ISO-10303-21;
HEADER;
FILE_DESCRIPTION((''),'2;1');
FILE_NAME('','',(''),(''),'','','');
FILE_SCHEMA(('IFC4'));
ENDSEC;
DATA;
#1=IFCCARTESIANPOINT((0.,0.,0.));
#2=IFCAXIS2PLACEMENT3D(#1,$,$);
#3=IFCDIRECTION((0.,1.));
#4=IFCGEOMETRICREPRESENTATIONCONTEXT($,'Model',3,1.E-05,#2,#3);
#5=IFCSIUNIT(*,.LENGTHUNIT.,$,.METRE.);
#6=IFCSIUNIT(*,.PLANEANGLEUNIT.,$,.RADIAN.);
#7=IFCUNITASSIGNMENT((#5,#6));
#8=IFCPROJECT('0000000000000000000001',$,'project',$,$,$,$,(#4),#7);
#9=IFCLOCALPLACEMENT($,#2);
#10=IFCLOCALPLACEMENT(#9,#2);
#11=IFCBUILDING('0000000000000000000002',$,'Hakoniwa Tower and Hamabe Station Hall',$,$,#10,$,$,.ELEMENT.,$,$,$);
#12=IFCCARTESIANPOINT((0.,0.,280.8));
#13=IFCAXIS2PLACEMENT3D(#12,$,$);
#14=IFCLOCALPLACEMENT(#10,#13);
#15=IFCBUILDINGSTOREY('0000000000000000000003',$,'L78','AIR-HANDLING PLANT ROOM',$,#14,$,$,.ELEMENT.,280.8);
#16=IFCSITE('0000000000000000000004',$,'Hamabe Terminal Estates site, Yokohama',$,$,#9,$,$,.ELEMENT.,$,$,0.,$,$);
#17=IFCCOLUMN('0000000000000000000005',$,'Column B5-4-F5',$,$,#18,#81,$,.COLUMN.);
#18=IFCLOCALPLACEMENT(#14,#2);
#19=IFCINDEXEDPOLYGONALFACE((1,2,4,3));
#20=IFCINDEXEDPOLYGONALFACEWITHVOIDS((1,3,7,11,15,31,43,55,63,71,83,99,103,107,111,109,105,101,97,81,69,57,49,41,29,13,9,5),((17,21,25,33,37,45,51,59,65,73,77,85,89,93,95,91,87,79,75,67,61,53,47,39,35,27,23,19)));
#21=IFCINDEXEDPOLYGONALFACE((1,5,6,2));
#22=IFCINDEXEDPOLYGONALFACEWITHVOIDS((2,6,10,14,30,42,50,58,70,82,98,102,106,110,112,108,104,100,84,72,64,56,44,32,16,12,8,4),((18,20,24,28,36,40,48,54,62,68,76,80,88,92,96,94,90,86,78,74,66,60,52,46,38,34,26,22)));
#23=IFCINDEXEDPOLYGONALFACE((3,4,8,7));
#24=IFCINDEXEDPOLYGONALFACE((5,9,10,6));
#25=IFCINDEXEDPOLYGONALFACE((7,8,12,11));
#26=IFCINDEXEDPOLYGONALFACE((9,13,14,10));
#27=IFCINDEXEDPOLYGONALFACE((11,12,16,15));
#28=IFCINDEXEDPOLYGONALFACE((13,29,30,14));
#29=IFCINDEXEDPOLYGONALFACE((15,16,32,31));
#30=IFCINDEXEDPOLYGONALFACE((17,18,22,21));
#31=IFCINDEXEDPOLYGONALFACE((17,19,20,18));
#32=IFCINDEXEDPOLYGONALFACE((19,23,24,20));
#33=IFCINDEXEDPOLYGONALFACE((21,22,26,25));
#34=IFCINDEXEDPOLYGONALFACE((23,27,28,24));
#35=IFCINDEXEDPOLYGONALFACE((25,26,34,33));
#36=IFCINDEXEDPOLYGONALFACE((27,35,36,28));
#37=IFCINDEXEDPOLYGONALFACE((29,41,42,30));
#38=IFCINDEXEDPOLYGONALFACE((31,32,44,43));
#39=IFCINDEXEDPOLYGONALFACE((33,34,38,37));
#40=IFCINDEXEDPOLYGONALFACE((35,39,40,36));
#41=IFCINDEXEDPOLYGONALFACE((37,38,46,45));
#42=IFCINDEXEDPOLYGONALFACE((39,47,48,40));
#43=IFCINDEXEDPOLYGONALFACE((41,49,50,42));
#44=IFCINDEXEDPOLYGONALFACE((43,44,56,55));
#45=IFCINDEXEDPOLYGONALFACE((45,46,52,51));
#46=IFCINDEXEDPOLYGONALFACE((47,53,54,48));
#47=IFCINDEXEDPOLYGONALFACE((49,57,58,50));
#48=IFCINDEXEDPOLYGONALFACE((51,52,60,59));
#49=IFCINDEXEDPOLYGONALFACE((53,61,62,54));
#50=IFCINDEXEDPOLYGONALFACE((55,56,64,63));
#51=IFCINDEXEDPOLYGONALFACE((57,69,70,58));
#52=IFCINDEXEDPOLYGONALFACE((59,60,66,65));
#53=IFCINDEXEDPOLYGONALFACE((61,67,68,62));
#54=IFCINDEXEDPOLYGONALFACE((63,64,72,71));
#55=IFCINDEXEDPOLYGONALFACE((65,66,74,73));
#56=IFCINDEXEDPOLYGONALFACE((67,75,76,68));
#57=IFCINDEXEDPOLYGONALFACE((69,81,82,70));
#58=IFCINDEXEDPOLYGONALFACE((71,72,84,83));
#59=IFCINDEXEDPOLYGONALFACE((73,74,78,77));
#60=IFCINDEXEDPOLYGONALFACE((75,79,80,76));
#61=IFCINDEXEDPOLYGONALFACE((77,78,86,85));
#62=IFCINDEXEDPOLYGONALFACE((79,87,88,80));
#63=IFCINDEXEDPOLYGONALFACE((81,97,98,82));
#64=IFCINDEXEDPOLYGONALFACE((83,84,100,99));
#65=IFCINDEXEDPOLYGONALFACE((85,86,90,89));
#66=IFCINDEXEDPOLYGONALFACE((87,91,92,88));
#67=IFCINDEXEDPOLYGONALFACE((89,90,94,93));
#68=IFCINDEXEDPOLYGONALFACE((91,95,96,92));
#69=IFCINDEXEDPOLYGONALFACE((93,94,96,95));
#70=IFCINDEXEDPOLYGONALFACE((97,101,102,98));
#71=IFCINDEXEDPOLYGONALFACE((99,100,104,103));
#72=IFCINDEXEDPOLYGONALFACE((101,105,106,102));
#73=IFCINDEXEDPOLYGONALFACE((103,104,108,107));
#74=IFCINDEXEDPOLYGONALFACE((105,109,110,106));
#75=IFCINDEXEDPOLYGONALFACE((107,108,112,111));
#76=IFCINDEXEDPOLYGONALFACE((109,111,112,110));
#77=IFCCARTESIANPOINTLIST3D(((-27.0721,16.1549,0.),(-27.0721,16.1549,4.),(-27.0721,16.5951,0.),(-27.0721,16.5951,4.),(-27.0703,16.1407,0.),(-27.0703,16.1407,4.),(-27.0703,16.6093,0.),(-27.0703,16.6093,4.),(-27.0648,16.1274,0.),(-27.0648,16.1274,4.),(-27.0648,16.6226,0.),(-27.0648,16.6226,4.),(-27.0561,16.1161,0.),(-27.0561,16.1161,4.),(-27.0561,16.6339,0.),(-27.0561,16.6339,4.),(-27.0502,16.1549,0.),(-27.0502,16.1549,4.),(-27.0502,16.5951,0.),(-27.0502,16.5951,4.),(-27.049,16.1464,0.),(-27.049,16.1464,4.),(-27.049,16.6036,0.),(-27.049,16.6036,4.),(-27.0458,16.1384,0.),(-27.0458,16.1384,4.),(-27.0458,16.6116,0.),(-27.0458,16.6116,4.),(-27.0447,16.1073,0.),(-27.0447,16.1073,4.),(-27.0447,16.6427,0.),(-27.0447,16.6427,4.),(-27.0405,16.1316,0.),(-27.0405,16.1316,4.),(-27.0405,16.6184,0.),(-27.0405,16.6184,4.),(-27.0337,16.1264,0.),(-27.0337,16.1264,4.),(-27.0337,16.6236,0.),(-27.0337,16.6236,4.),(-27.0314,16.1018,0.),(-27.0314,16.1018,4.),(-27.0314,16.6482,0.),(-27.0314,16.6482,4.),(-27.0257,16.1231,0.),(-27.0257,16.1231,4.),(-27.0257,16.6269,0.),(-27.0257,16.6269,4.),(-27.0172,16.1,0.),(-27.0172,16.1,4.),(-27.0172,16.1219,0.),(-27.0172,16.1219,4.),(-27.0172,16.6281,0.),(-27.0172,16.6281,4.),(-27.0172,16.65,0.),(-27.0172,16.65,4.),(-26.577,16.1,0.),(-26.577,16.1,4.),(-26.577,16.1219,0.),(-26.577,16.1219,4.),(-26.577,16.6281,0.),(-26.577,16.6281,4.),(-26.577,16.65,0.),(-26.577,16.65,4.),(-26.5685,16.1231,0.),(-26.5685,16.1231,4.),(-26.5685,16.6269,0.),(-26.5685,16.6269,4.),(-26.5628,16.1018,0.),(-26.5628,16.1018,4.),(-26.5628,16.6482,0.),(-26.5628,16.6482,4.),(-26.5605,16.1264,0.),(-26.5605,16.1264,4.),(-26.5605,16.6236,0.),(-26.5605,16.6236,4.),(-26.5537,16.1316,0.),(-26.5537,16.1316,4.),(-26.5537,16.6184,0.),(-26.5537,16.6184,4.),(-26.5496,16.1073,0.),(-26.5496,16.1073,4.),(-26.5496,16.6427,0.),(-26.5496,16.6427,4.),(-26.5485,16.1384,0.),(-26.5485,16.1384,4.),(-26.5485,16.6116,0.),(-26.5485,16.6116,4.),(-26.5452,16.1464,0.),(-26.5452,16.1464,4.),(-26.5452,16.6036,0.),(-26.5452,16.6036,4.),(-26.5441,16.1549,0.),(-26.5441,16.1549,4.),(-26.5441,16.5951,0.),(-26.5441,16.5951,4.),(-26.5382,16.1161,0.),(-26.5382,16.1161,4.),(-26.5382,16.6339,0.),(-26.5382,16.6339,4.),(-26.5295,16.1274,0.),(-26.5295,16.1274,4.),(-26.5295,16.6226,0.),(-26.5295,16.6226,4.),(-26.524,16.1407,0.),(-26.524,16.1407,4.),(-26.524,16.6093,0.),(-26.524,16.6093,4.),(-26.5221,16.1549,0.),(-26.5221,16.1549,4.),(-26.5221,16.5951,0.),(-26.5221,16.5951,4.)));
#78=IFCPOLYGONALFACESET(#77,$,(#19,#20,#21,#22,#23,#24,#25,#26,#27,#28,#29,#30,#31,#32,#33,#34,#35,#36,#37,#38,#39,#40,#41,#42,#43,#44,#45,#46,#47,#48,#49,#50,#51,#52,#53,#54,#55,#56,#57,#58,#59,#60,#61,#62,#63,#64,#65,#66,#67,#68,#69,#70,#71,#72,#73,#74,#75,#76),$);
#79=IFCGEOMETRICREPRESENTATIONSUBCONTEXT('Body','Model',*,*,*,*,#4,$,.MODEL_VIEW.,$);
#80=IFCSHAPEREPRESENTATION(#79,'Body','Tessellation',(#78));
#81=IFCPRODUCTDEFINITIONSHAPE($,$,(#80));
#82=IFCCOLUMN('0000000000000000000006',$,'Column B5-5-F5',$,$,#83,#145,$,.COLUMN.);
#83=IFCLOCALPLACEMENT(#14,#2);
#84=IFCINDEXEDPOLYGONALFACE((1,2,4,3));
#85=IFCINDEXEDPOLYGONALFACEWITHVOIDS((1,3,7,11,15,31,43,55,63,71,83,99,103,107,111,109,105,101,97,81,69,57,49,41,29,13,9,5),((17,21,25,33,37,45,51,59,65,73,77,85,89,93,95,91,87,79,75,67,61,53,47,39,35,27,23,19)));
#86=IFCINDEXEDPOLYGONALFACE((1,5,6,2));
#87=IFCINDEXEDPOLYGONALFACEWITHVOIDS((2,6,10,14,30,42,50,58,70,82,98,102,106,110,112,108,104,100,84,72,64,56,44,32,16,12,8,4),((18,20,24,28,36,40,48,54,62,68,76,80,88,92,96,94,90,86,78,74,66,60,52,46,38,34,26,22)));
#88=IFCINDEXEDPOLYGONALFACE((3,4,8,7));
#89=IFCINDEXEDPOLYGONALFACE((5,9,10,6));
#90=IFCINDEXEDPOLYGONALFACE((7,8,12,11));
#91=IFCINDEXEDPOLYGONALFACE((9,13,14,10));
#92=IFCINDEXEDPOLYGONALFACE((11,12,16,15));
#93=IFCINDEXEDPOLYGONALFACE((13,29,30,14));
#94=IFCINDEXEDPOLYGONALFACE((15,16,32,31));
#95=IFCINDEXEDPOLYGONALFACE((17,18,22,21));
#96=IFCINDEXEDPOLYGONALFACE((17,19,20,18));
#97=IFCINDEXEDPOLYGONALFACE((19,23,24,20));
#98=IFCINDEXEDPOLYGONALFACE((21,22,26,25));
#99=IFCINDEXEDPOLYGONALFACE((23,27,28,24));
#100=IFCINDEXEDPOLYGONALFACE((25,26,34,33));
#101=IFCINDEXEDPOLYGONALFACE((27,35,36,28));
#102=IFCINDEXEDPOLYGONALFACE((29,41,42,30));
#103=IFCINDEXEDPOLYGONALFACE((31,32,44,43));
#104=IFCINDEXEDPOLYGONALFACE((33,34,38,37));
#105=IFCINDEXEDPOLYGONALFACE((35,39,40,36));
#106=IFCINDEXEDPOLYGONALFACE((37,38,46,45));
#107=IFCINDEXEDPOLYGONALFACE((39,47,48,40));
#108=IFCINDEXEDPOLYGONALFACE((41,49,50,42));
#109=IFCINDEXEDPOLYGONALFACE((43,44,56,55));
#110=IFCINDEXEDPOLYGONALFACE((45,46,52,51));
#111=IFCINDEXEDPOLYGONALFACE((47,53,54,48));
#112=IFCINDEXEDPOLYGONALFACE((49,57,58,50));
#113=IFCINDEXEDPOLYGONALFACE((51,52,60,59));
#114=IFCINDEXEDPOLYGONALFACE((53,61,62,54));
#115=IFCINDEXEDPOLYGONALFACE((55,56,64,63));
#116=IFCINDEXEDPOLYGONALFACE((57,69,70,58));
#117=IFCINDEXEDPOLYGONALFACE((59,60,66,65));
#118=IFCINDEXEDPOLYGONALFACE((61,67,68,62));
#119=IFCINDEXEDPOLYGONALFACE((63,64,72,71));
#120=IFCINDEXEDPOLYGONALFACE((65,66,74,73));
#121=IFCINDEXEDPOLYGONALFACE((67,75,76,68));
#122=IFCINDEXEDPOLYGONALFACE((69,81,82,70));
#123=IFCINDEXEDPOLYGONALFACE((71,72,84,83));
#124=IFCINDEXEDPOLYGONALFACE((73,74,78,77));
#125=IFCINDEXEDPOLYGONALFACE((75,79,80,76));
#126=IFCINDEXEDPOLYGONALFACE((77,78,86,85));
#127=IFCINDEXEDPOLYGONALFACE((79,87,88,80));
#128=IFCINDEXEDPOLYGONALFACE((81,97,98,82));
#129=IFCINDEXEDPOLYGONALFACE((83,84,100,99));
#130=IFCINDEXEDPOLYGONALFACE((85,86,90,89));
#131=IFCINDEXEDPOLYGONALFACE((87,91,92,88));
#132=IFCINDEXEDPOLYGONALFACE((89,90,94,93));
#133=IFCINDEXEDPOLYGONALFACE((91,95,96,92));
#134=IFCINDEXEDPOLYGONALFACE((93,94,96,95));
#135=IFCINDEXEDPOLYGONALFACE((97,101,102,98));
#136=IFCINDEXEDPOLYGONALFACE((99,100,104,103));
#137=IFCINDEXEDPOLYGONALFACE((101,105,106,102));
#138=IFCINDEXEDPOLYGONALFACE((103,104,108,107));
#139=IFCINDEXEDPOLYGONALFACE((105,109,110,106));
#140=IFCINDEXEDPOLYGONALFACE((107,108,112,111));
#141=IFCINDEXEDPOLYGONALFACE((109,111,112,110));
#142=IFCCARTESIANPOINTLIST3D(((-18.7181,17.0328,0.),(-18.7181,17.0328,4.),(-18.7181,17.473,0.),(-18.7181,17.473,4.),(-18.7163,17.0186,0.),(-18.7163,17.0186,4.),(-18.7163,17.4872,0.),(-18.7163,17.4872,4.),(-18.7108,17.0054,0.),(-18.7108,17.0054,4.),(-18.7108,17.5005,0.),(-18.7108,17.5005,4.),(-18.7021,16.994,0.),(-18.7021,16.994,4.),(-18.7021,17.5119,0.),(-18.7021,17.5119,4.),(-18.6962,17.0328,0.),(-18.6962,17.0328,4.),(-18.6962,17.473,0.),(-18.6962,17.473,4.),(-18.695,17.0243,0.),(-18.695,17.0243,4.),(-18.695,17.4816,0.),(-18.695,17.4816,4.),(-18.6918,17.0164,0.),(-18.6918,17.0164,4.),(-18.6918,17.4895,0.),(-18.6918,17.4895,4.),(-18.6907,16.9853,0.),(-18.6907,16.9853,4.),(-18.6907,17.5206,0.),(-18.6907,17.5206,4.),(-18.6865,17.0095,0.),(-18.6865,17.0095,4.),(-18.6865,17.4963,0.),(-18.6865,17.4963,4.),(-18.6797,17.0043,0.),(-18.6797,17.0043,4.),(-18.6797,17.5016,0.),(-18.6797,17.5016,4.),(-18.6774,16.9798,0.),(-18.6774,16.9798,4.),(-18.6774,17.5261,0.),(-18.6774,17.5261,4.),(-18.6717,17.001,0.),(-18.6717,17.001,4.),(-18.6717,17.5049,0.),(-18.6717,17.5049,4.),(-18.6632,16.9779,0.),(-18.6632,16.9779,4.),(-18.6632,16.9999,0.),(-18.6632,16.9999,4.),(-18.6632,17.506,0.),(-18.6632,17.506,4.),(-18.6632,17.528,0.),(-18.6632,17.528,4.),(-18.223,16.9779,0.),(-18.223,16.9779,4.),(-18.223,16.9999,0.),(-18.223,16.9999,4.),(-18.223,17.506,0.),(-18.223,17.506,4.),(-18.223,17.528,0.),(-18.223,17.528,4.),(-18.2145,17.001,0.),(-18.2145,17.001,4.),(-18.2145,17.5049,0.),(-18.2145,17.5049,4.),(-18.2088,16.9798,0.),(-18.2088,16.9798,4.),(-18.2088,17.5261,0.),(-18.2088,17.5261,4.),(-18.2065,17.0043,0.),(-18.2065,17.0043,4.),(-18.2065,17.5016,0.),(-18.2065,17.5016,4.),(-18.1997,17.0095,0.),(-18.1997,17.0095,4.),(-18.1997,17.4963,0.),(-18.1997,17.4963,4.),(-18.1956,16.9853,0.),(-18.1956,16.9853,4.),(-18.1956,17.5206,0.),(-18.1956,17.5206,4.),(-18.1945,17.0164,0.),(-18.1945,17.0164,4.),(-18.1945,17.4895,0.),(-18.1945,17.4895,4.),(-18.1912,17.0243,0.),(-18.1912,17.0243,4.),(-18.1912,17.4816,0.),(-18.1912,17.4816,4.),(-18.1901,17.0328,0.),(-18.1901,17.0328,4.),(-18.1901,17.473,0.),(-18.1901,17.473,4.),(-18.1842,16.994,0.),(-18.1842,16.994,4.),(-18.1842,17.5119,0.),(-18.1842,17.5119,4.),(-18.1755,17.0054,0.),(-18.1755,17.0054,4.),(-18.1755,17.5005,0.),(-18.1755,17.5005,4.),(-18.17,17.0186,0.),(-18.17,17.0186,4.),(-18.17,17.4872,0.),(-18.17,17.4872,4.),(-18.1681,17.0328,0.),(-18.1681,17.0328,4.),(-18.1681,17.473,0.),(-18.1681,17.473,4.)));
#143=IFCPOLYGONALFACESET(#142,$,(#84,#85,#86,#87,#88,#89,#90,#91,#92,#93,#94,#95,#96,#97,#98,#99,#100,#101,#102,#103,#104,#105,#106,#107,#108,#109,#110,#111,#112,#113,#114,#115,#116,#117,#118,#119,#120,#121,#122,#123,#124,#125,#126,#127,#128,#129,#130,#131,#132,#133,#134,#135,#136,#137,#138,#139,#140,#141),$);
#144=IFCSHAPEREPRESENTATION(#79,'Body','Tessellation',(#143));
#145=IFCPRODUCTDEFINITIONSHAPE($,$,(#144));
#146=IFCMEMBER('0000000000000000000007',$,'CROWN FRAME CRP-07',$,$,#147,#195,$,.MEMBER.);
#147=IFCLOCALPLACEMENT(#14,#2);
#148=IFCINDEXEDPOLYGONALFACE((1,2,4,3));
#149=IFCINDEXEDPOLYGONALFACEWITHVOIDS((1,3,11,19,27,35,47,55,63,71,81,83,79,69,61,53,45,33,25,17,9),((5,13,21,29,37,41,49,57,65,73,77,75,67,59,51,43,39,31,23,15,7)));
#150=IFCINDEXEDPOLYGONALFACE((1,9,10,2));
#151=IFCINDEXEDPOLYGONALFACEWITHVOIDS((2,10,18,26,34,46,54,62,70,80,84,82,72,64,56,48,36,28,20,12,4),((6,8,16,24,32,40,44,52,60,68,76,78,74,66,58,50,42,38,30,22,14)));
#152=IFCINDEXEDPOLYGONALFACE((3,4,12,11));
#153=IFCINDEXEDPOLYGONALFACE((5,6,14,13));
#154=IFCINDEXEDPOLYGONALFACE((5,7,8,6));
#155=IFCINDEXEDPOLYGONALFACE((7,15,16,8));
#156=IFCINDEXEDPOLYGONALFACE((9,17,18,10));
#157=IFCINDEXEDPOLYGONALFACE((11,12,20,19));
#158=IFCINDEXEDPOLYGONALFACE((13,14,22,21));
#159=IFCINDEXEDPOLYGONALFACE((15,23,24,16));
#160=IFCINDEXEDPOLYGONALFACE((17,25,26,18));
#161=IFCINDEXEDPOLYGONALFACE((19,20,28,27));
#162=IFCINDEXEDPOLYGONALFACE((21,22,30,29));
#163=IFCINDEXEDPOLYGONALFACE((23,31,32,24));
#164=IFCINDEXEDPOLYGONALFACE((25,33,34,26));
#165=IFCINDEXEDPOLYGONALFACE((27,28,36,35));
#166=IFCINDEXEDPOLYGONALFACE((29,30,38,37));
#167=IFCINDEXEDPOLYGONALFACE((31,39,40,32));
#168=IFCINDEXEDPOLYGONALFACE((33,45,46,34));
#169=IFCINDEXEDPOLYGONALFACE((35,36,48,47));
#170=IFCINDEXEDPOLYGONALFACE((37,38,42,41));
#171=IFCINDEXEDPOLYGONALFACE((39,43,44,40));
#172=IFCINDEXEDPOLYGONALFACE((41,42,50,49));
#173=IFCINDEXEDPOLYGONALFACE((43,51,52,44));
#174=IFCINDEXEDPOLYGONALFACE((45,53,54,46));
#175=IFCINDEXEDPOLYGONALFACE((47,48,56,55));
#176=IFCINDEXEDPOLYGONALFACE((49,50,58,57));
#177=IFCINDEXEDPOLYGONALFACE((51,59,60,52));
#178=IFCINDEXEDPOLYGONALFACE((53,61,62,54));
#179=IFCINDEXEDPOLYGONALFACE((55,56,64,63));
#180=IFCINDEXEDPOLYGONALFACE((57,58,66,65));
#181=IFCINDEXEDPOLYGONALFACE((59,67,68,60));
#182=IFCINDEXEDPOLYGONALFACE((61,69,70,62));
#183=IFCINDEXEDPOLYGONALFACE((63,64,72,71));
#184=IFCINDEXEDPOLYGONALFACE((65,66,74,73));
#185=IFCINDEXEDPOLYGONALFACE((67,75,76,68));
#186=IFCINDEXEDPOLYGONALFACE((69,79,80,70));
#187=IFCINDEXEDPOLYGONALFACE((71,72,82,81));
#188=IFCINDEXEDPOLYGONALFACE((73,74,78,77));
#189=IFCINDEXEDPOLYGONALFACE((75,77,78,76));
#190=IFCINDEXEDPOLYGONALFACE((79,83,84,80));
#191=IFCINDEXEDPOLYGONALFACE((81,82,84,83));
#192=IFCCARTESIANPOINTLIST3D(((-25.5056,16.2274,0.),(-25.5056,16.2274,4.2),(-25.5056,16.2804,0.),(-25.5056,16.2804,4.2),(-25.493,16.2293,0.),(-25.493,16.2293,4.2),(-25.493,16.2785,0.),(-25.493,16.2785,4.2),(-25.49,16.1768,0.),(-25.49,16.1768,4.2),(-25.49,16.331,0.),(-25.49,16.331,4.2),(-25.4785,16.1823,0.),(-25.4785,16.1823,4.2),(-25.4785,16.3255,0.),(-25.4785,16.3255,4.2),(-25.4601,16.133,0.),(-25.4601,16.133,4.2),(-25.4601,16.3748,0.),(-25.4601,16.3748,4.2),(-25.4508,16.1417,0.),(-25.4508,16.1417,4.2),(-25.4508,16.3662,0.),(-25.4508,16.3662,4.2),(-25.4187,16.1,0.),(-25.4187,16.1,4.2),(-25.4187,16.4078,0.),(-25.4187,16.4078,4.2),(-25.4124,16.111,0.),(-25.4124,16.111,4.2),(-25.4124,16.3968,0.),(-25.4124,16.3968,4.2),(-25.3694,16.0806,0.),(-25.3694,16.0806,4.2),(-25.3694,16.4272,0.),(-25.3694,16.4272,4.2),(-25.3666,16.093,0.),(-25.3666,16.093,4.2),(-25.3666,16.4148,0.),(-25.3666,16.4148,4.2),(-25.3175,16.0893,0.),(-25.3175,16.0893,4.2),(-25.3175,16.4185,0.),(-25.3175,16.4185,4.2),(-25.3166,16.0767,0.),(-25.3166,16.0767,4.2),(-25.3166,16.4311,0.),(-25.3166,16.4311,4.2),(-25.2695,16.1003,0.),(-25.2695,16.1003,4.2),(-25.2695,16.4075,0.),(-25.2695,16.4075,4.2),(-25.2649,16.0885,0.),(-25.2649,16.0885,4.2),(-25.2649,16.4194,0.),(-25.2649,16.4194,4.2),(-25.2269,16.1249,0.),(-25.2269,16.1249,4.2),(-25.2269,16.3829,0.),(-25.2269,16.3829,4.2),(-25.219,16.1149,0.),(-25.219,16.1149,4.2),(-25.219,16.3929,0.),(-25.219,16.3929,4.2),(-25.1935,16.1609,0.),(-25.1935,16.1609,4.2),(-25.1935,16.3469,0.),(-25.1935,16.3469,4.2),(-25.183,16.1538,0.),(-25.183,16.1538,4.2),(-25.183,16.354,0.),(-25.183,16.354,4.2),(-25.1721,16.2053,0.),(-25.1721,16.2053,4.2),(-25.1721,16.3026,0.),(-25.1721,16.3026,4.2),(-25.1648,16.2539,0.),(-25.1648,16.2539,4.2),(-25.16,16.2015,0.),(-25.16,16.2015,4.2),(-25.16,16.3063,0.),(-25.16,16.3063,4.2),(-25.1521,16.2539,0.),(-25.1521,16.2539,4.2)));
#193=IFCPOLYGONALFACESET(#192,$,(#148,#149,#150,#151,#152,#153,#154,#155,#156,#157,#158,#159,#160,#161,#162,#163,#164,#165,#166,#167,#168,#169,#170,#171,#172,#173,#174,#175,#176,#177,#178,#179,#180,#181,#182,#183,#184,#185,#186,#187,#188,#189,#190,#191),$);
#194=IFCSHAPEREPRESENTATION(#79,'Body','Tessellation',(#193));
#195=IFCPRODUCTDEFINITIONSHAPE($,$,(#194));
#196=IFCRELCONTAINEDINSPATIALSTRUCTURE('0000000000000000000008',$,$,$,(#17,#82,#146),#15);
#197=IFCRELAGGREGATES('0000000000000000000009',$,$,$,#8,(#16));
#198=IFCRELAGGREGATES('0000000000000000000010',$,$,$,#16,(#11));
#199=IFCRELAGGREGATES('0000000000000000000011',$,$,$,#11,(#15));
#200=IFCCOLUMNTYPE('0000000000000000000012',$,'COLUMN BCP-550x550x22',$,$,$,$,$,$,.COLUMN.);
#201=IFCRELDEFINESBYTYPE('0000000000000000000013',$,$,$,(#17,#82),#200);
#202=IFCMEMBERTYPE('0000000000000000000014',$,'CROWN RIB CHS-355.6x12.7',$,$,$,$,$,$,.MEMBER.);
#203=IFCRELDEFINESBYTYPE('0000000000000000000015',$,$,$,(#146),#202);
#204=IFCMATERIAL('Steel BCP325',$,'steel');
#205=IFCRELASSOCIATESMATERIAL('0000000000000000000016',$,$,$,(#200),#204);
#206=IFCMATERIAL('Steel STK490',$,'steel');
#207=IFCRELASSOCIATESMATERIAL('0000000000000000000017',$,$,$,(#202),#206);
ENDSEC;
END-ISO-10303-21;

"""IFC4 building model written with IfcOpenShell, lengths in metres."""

from ifc_helpers import new_model, si_unit, direction, frame, origin, origin_2d, place, context, subcontext, project, spatial, hollow_rectangle, hollow_circle, extrude, material, material_profile, profile_set, type_object, element, save


model = new_model("IFC4")

# Units and contexts
model_context = context("Model", 3, precision=1e-05, world=origin(), true_north=direction((0.0, 1.0)))
body_context = subcontext(model_context, "Body", "Model", "MODEL_VIEW")
ifc_project = project(units=[si_unit("LENGTHUNIT", "METRE"), si_unit("PLANEANGLEUNIT", "RADIAN")], contexts=[model_context])

# Site, building, storey
site_placement = place(None, origin())
site = spatial("IfcSite", under=ifc_project, at=site_placement, Name="Hamabe Terminal Estates site, Yokohama", CompositionType="ELEMENT", RefElevation=0.0)
building_placement = place(site_placement, origin())
building = spatial("IfcBuilding", under=site, at=building_placement, Name="Hakoniwa Tower and Hamabe Station Hall", CompositionType="ELEMENT")
storey_placement = place(building_placement, frame((0.0, 0.0, 280.8)))
storey = spatial("IfcBuildingStorey", under=building, at=storey_placement, Name="L78", Description="AIR-HANDLING PLANT ROOM", CompositionType="ELEMENT", Elevation=280.8)

# Columns
ifc_material_1 = material(Name="Steel BCP325", Category="steel")
ifc_material_profile_1 = material_profile(ifc_material_1, hollow_rectangle(XDim=0.55, YDim=0.55, WallThickness=0.022, InnerFilletRadius=0.033, OuterFilletRadius=0.0549, at=origin_2d()), Name="BCP-550x550x22")
ifc_profile_set_1 = profile_set([ifc_material_profile_1], Name="Steel BCP325")
column_type = type_object("IfcColumnType", Name="COLUMN BCP-550x550x22", PredefinedType="COLUMN", material=ifc_profile_set_1)
for number, where, z_axis, x_axis, name in (
    (1, (-26.7971, 16.375, 0.0), (0.0, 0.0, 1.0), (1.0, 0.0, 0.0), "Column B5-4-F5"),
    (2, (-18.4431, 17.2529, 0.0), (0.0, 0.0, 1.0), (1.0, 0.0, 0.0), "Column B5-5-F5"),
):
    element("IfcColumn", number, at=place(storey_placement, frame(where, z_axis=z_axis, x_axis=x_axis)), inside=storey, type_object=column_type, Name=name, PredefinedType="COLUMN", context=body_context, shape_type="SweptSolid", body=[
        extrude(hollow_rectangle(XDim=0.55, YDim=0.55, WallThickness=0.022, InnerFilletRadius=0.033, OuterFilletRadius=0.0549, at=origin_2d()), origin(), (0.0, 0.0, 1.0), 4.0),
    ])

# Member
ifc_material_2 = material(Name="Steel STK490", Category="steel")
ifc_material_profile_2 = material_profile(ifc_material_2, hollow_circle(Radius=0.1777, WallThickness=0.0127, at=origin_2d()), Name="CHS-355.6x12.7")
ifc_profile_set_2 = profile_set([ifc_material_profile_2], Name="Steel STK490")
member_type = type_object("IfcMemberType", Name="CROWN RIB CHS-355.6x12.7", PredefinedType="MEMBER", material=ifc_profile_set_2)
member_placement = place(storey_placement, frame((-25.3298, 16.2539, 0.0), z_axis=(0.0, 0.0, 1.0), x_axis=(1.0, 0.0, 0.0)))
element("IfcMember", 3, at=member_placement, inside=storey, type_object=member_type, Name="CROWN FRAME CRP-07", PredefinedType="MEMBER", context=body_context, shape_type="SweptSolid", body=[
    extrude(hollow_circle(Radius=0.1777, WallThickness=0.0127, at=origin_2d()), origin(), (0.0, 0.0, 1.0), 4.2),
])

save(model, "model.ifc")
